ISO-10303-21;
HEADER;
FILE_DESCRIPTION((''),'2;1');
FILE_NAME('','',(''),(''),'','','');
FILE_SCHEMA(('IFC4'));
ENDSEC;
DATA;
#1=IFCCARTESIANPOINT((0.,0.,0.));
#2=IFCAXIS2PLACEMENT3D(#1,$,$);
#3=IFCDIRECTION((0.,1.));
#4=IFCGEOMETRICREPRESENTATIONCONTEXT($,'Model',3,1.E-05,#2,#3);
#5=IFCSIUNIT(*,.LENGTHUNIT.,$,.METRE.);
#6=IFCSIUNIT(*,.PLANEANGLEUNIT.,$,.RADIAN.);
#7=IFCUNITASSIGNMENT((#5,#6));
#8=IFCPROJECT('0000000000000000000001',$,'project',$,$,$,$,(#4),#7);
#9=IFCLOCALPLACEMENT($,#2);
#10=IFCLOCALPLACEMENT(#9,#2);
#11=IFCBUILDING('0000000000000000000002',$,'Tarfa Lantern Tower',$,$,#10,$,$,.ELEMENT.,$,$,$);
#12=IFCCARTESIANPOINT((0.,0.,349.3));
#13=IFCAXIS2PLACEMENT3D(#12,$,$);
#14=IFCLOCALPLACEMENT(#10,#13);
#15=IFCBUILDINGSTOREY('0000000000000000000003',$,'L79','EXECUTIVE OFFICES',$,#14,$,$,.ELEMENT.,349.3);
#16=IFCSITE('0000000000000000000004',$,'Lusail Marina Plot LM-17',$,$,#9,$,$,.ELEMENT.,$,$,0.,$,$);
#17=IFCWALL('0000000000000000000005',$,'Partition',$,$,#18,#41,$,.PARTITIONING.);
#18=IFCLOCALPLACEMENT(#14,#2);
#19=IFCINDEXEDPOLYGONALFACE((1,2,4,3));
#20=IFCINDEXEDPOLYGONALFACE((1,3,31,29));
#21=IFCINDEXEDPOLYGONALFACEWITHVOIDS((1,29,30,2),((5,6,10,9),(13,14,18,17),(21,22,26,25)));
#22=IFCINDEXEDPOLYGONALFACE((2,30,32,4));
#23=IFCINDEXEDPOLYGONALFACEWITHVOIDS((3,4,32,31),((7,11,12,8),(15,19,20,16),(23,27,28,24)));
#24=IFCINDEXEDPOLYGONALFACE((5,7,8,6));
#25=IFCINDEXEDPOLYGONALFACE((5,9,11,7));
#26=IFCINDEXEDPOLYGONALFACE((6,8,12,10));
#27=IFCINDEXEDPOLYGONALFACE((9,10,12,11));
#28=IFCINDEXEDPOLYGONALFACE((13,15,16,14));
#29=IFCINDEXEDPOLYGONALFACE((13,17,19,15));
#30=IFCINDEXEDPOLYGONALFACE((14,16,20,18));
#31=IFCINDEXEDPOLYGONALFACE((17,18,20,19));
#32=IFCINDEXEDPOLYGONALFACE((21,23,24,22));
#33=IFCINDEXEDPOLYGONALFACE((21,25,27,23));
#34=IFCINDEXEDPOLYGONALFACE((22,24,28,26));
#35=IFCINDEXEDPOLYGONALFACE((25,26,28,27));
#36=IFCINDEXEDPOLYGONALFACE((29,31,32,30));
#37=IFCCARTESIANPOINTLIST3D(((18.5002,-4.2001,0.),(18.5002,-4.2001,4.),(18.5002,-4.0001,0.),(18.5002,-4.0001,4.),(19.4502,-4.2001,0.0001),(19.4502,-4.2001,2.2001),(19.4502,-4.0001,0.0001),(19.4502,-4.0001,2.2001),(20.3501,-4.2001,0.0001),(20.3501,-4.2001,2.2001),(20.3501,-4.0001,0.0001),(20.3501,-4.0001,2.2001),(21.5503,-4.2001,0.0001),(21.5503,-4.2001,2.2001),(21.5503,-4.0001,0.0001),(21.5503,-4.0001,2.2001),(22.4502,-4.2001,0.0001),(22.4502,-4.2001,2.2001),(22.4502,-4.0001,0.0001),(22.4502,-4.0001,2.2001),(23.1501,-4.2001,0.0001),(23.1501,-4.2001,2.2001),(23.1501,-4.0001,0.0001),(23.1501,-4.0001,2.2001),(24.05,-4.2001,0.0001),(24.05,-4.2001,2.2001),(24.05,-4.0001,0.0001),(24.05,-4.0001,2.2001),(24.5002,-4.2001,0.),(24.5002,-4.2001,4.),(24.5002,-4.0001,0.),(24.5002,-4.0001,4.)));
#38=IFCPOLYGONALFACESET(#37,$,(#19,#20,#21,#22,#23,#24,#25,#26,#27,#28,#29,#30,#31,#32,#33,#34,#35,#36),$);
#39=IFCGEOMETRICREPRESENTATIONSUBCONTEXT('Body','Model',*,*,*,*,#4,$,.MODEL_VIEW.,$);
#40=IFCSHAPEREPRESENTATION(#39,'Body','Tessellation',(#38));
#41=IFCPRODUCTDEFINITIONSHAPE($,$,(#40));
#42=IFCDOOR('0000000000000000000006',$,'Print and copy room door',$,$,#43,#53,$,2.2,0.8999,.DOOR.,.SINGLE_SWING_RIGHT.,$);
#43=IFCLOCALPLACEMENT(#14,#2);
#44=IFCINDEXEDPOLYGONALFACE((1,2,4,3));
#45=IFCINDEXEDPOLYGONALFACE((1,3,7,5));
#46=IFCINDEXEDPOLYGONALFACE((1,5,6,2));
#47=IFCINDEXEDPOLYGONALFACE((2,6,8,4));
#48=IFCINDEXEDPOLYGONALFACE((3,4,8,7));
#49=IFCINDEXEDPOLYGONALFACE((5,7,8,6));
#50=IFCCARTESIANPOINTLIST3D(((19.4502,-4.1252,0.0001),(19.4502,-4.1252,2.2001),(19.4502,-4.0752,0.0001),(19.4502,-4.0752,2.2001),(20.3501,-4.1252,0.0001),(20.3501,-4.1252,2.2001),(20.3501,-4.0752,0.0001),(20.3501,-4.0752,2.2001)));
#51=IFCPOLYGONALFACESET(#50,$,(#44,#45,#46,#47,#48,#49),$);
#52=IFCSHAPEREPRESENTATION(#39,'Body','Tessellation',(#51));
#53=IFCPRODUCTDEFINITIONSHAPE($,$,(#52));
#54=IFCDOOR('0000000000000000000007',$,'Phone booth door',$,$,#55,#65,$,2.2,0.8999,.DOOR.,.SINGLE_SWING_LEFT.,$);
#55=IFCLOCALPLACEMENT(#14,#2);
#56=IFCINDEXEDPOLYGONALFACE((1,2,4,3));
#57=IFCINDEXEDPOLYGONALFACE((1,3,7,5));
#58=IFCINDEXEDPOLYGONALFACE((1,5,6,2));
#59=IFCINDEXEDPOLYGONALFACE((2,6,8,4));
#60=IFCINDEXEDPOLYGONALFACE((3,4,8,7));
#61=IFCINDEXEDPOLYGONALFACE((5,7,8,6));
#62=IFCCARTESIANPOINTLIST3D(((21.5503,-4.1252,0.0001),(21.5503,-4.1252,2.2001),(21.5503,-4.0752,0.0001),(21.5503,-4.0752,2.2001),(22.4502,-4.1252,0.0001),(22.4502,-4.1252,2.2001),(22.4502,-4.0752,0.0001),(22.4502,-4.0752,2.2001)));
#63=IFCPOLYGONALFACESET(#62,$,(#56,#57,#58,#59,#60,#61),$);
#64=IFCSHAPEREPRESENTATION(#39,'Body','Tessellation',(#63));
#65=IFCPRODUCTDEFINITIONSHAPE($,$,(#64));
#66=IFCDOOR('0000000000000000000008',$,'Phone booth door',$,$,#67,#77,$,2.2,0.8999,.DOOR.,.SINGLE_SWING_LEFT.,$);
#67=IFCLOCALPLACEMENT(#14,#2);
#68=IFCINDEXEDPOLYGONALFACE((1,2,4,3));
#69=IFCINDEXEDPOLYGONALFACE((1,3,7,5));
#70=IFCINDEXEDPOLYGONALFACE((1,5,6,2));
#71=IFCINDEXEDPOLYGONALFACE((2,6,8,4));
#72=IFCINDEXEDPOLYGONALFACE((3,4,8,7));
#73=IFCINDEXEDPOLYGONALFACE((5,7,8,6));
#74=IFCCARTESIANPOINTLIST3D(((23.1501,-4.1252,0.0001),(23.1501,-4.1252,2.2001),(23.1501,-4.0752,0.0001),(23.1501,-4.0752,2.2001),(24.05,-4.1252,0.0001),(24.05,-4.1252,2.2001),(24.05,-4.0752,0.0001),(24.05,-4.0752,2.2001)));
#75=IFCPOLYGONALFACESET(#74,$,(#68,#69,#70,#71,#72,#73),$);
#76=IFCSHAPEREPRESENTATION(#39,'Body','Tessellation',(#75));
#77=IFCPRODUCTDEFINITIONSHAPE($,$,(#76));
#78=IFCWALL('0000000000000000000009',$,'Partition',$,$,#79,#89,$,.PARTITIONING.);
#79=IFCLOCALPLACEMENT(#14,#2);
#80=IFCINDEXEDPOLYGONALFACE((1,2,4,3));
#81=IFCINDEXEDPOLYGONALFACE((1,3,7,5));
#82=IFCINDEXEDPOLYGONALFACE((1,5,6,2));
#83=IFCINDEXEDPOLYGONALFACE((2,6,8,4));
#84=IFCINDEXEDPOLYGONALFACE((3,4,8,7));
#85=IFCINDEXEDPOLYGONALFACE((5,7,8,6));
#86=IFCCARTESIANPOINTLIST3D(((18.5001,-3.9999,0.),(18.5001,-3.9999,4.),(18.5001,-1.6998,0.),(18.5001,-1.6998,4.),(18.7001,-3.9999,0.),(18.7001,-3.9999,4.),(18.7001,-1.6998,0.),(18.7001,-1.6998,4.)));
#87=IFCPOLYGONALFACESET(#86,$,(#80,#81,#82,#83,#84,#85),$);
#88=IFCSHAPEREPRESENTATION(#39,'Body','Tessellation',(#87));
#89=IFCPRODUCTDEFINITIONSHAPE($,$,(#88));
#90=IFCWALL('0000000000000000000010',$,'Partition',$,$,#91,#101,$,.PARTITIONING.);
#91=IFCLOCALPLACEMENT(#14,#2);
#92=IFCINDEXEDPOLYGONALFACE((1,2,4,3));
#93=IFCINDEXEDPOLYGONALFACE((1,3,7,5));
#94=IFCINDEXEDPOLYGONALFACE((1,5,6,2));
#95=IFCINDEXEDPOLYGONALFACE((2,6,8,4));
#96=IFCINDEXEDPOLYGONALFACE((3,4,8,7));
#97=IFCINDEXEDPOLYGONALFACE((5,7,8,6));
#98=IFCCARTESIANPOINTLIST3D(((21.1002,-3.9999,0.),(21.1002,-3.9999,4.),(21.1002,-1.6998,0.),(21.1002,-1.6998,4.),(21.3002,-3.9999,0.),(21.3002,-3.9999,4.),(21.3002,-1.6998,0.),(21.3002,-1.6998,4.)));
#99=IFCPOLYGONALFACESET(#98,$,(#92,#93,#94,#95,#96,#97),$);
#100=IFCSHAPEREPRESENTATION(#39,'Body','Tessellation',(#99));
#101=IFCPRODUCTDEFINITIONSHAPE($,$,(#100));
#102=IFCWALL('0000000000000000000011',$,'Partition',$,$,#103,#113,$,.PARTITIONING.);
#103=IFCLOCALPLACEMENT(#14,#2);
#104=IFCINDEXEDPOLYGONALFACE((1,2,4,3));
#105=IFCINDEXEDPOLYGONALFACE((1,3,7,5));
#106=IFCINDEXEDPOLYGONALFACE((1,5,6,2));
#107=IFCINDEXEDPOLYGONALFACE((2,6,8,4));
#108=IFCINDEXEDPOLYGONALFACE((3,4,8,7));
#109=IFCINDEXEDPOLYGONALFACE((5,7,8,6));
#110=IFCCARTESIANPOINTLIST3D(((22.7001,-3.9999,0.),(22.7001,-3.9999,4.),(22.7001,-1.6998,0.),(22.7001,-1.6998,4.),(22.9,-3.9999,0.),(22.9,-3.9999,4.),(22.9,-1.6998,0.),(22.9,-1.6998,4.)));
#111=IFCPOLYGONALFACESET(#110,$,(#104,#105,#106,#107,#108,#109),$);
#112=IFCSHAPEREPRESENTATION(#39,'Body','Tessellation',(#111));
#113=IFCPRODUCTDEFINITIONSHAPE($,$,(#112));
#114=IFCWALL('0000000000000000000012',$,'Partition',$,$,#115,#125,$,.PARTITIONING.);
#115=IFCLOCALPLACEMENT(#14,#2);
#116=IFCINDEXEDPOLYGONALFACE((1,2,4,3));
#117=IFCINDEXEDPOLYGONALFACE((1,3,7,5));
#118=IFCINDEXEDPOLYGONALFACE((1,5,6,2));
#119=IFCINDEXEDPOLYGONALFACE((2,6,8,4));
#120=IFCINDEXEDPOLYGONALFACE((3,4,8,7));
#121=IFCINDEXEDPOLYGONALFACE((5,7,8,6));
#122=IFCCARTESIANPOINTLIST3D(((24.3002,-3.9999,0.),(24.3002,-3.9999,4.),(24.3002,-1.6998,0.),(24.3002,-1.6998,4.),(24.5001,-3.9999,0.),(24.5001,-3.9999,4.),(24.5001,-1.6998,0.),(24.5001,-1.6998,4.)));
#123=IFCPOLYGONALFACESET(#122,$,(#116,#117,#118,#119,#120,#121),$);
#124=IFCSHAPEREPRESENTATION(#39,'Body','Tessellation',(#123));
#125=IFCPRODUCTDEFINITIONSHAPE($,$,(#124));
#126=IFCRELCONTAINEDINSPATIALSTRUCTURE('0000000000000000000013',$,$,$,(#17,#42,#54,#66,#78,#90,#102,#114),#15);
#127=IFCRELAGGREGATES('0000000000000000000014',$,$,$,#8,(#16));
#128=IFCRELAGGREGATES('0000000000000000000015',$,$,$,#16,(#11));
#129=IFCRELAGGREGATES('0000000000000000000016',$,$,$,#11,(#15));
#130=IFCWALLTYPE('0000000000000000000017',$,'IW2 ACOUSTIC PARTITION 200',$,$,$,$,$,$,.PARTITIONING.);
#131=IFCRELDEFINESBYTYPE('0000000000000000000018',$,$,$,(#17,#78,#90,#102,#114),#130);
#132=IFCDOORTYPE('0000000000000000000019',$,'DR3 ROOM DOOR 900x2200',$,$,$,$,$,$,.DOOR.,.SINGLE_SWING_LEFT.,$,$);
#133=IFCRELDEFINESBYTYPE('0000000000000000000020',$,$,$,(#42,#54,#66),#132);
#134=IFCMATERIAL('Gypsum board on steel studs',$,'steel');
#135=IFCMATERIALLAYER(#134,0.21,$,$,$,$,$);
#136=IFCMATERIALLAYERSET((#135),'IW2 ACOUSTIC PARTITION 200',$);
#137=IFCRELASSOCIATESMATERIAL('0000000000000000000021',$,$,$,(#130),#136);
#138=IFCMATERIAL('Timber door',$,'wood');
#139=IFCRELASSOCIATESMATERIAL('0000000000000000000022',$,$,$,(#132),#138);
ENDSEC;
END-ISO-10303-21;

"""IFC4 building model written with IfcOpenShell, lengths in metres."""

from ifc_helpers import new_model, si_unit, direction, frame, frame_2d, origin, place, context, subcontext, project, spatial, rectangle, extrude, material, layer, layer_set, type_object, element, fill, save


model = new_model("IFC4")

# Units and contexts
model_context = context("Model", 3, precision=1e-05, world=origin(), true_north=direction((0.0, 1.0)))
body_context = subcontext(model_context, "Body", "Model", "MODEL_VIEW")
ifc_project = project(units=[si_unit("LENGTHUNIT", "METRE"), si_unit("PLANEANGLEUNIT", "RADIAN")], contexts=[model_context])

# Site, building, storey
site_placement = place(None, origin())
site = spatial("IfcSite", under=ifc_project, at=site_placement, Name="Lusail Marina Plot LM-17", CompositionType="ELEMENT", RefElevation=0.0)
building_placement = place(site_placement, origin())
building = spatial("IfcBuilding", under=site, at=building_placement, Name="Tarfa Lantern Tower", CompositionType="ELEMENT")
storey_placement = place(building_placement, frame((0.0, 0.0, 349.3)))
storey = spatial("IfcBuildingStorey", under=building, at=storey_placement, Name="L79", Description="EXECUTIVE OFFICES", CompositionType="ELEMENT", Elevation=349.3)

# Shared definitions
ifc_material_1 = material(Name="Gypsum board on steel studs", Category="steel")
ifc_layer_1 = layer(ifc_material_1, 0.21)
ifc_layer_set_1 = layer_set([ifc_layer_1], Name="IW2 ACOUSTIC PARTITION 200")
wall_type_1 = type_object("IfcWallType", Name="IW2 ACOUSTIC PARTITION 200", PredefinedType="PARTITIONING", material=ifc_layer_set_1)
ifc_material_2 = material(Name="Timber door", Category="wood")

# Wall, openings, doors
wall_1_placement = place(storey_placement, frame((18.5002, -4.1001, 0.0), z_axis=(0.0, 0.0, 1.0), x_axis=(1.0, 0.0, 0.0)))
wall_1 = element("IfcWall", 1, at=wall_1_placement, inside=storey, type_object=wall_type_1, Name="Partition", PredefinedType="PARTITIONING", context=body_context, shape_type="SweptSolid", body=[
    extrude(rectangle(XDim=6.0, YDim=0.2, at=frame_2d((3.0, 0.0))), origin(), (0.0, 0.0, 1.0), 4.0),
])
opening_1_placement = place(wall_1_placement, frame((0.95, 0.0, 0.0)))
opening_1 = element("IfcOpeningElement", 2, at=opening_1_placement, cuts=wall_1, PredefinedType="OPENING", context=body_context, shape_type="SweptSolid", body=[
    extrude(rectangle(XDim=0.8999, YDim=2.2, at=frame_2d((0.45, 1.1001))), frame((0.0, 0.1099, 0.0), z_axis=(0.0, -1.0, 0.0), x_axis=(1.0, 0.0, 0.0)), (0.0, 0.0, 1.0), 0.22),
])
opening_2_placement = place(wall_1_placement, frame((3.05, 0.0, 0.0)))
opening_2 = element("IfcOpeningElement", 3, at=opening_2_placement, cuts=wall_1, PredefinedType="OPENING", context=body_context, shape_type="SweptSolid", body=[
    extrude(rectangle(XDim=0.8999, YDim=2.2, at=frame_2d((0.45, 1.1001))), frame((0.0, 0.1099, 0.0), z_axis=(0.0, -1.0, 0.0), x_axis=(1.0, 0.0, 0.0)), (0.0, 0.0, 1.0), 0.22),
])
opening_3_placement = place(wall_1_placement, frame((4.6499, 0.0, 0.0)))
opening_3 = element("IfcOpeningElement", 4, at=opening_3_placement, cuts=wall_1, PredefinedType="OPENING", context=body_context, shape_type="SweptSolid", body=[
    extrude(rectangle(XDim=0.8999, YDim=2.2, at=frame_2d((0.45, 1.1001))), frame((0.0, 0.1099, 0.0), z_axis=(0.0, -1.0, 0.0), x_axis=(1.0, 0.0, 0.0)), (0.0, 0.0, 1.0), 0.22),
])
door_type_1 = type_object("IfcDoorType", Name="DR3 ROOM DOOR 900x2200", OperationType="SINGLE_SWING_LEFT", PredefinedType="DOOR", material=ifc_material_2)
door_1_placement = place(opening_1_placement, origin())
door_1 = element("IfcDoor", 5, at=door_1_placement, inside=storey, type_object=door_type_1, Name="Print and copy room door", OperationType="SINGLE_SWING_RIGHT", OverallHeight=2.2, OverallWidth=0.8999, PredefinedType="DOOR", context=body_context, shape_type="SweptSolid", body=[
    extrude(rectangle(XDim=0.8999, YDim=2.2, at=frame_2d((0.45, 1.1001))), frame((0.0, 0.0249, 0.0), z_axis=(0.0, -1.0, 0.0), x_axis=(1.0, 0.0, 0.0)), (0.0, 0.0, 1.0), 0.05),
])
fill(opening_1, door_1)
door_2_placement = place(opening_2_placement, origin())
door_2 = element("IfcDoor", 6, at=door_2_placement, inside=storey, type_object=door_type_1, Name="Phone booth door", OperationType="SINGLE_SWING_LEFT", OverallHeight=2.2, OverallWidth=0.8999, PredefinedType="DOOR", context=body_context, shape_type="SweptSolid", body=[
    extrude(rectangle(XDim=0.8999, YDim=2.2, at=frame_2d((0.45, 1.1001))), frame((0.0, 0.0249, 0.0), z_axis=(0.0, -1.0, 0.0), x_axis=(1.0, 0.0, 0.0)), (0.0, 0.0, 1.0), 0.05),
])
fill(opening_2, door_2)
door_3_placement = place(opening_3_placement, origin())
door_3 = element("IfcDoor", 7, at=door_3_placement, inside=storey, type_object=door_type_1, Name="Phone booth door", OperationType="SINGLE_SWING_LEFT", OverallHeight=2.2, OverallWidth=0.8999, PredefinedType="DOOR", context=body_context, shape_type="SweptSolid", body=[
    extrude(rectangle(XDim=0.8999, YDim=2.2, at=frame_2d((0.45, 1.1001))), frame((0.0, 0.0249, 0.0), z_axis=(0.0, -1.0, 0.0), x_axis=(1.0, 0.0, 0.0)), (0.0, 0.0, 1.0), 0.05),
])
fill(opening_3, door_3)

# Walls
for number, where, z_axis, x_axis, name in (
    (8, (18.6001, -1.7, 0.0), (0.0, 0.0, 1.0), (0.0, -1.0, 0.0), "Partition"),
    (9, (21.2002, -1.7, 0.0), (0.0, 0.0, 1.0), (0.0, -1.0, 0.0), "Partition"),
    (10, (22.8, -1.7, 0.0), (0.0, 0.0, 1.0), (0.0, -1.0, 0.0), "Partition"),
    (11, (24.4001, -1.7, 0.0), (0.0, 0.0, 1.0), (0.0, -1.0, 0.0), "Partition"),
):
    element("IfcWall", number, at=place(storey_placement, frame(where, z_axis=z_axis, x_axis=x_axis)), inside=storey, type_object=wall_type_1, Name=name, PredefinedType="PARTITIONING", context=body_context, shape_type="SweptSolid", body=[
        extrude(rectangle(XDim=2.3, YDim=0.2, at=frame_2d((1.1499, 0.0))), origin(), (0.0, 0.0, 1.0), 4.0),
    ])

save(model, "model.ifc")
